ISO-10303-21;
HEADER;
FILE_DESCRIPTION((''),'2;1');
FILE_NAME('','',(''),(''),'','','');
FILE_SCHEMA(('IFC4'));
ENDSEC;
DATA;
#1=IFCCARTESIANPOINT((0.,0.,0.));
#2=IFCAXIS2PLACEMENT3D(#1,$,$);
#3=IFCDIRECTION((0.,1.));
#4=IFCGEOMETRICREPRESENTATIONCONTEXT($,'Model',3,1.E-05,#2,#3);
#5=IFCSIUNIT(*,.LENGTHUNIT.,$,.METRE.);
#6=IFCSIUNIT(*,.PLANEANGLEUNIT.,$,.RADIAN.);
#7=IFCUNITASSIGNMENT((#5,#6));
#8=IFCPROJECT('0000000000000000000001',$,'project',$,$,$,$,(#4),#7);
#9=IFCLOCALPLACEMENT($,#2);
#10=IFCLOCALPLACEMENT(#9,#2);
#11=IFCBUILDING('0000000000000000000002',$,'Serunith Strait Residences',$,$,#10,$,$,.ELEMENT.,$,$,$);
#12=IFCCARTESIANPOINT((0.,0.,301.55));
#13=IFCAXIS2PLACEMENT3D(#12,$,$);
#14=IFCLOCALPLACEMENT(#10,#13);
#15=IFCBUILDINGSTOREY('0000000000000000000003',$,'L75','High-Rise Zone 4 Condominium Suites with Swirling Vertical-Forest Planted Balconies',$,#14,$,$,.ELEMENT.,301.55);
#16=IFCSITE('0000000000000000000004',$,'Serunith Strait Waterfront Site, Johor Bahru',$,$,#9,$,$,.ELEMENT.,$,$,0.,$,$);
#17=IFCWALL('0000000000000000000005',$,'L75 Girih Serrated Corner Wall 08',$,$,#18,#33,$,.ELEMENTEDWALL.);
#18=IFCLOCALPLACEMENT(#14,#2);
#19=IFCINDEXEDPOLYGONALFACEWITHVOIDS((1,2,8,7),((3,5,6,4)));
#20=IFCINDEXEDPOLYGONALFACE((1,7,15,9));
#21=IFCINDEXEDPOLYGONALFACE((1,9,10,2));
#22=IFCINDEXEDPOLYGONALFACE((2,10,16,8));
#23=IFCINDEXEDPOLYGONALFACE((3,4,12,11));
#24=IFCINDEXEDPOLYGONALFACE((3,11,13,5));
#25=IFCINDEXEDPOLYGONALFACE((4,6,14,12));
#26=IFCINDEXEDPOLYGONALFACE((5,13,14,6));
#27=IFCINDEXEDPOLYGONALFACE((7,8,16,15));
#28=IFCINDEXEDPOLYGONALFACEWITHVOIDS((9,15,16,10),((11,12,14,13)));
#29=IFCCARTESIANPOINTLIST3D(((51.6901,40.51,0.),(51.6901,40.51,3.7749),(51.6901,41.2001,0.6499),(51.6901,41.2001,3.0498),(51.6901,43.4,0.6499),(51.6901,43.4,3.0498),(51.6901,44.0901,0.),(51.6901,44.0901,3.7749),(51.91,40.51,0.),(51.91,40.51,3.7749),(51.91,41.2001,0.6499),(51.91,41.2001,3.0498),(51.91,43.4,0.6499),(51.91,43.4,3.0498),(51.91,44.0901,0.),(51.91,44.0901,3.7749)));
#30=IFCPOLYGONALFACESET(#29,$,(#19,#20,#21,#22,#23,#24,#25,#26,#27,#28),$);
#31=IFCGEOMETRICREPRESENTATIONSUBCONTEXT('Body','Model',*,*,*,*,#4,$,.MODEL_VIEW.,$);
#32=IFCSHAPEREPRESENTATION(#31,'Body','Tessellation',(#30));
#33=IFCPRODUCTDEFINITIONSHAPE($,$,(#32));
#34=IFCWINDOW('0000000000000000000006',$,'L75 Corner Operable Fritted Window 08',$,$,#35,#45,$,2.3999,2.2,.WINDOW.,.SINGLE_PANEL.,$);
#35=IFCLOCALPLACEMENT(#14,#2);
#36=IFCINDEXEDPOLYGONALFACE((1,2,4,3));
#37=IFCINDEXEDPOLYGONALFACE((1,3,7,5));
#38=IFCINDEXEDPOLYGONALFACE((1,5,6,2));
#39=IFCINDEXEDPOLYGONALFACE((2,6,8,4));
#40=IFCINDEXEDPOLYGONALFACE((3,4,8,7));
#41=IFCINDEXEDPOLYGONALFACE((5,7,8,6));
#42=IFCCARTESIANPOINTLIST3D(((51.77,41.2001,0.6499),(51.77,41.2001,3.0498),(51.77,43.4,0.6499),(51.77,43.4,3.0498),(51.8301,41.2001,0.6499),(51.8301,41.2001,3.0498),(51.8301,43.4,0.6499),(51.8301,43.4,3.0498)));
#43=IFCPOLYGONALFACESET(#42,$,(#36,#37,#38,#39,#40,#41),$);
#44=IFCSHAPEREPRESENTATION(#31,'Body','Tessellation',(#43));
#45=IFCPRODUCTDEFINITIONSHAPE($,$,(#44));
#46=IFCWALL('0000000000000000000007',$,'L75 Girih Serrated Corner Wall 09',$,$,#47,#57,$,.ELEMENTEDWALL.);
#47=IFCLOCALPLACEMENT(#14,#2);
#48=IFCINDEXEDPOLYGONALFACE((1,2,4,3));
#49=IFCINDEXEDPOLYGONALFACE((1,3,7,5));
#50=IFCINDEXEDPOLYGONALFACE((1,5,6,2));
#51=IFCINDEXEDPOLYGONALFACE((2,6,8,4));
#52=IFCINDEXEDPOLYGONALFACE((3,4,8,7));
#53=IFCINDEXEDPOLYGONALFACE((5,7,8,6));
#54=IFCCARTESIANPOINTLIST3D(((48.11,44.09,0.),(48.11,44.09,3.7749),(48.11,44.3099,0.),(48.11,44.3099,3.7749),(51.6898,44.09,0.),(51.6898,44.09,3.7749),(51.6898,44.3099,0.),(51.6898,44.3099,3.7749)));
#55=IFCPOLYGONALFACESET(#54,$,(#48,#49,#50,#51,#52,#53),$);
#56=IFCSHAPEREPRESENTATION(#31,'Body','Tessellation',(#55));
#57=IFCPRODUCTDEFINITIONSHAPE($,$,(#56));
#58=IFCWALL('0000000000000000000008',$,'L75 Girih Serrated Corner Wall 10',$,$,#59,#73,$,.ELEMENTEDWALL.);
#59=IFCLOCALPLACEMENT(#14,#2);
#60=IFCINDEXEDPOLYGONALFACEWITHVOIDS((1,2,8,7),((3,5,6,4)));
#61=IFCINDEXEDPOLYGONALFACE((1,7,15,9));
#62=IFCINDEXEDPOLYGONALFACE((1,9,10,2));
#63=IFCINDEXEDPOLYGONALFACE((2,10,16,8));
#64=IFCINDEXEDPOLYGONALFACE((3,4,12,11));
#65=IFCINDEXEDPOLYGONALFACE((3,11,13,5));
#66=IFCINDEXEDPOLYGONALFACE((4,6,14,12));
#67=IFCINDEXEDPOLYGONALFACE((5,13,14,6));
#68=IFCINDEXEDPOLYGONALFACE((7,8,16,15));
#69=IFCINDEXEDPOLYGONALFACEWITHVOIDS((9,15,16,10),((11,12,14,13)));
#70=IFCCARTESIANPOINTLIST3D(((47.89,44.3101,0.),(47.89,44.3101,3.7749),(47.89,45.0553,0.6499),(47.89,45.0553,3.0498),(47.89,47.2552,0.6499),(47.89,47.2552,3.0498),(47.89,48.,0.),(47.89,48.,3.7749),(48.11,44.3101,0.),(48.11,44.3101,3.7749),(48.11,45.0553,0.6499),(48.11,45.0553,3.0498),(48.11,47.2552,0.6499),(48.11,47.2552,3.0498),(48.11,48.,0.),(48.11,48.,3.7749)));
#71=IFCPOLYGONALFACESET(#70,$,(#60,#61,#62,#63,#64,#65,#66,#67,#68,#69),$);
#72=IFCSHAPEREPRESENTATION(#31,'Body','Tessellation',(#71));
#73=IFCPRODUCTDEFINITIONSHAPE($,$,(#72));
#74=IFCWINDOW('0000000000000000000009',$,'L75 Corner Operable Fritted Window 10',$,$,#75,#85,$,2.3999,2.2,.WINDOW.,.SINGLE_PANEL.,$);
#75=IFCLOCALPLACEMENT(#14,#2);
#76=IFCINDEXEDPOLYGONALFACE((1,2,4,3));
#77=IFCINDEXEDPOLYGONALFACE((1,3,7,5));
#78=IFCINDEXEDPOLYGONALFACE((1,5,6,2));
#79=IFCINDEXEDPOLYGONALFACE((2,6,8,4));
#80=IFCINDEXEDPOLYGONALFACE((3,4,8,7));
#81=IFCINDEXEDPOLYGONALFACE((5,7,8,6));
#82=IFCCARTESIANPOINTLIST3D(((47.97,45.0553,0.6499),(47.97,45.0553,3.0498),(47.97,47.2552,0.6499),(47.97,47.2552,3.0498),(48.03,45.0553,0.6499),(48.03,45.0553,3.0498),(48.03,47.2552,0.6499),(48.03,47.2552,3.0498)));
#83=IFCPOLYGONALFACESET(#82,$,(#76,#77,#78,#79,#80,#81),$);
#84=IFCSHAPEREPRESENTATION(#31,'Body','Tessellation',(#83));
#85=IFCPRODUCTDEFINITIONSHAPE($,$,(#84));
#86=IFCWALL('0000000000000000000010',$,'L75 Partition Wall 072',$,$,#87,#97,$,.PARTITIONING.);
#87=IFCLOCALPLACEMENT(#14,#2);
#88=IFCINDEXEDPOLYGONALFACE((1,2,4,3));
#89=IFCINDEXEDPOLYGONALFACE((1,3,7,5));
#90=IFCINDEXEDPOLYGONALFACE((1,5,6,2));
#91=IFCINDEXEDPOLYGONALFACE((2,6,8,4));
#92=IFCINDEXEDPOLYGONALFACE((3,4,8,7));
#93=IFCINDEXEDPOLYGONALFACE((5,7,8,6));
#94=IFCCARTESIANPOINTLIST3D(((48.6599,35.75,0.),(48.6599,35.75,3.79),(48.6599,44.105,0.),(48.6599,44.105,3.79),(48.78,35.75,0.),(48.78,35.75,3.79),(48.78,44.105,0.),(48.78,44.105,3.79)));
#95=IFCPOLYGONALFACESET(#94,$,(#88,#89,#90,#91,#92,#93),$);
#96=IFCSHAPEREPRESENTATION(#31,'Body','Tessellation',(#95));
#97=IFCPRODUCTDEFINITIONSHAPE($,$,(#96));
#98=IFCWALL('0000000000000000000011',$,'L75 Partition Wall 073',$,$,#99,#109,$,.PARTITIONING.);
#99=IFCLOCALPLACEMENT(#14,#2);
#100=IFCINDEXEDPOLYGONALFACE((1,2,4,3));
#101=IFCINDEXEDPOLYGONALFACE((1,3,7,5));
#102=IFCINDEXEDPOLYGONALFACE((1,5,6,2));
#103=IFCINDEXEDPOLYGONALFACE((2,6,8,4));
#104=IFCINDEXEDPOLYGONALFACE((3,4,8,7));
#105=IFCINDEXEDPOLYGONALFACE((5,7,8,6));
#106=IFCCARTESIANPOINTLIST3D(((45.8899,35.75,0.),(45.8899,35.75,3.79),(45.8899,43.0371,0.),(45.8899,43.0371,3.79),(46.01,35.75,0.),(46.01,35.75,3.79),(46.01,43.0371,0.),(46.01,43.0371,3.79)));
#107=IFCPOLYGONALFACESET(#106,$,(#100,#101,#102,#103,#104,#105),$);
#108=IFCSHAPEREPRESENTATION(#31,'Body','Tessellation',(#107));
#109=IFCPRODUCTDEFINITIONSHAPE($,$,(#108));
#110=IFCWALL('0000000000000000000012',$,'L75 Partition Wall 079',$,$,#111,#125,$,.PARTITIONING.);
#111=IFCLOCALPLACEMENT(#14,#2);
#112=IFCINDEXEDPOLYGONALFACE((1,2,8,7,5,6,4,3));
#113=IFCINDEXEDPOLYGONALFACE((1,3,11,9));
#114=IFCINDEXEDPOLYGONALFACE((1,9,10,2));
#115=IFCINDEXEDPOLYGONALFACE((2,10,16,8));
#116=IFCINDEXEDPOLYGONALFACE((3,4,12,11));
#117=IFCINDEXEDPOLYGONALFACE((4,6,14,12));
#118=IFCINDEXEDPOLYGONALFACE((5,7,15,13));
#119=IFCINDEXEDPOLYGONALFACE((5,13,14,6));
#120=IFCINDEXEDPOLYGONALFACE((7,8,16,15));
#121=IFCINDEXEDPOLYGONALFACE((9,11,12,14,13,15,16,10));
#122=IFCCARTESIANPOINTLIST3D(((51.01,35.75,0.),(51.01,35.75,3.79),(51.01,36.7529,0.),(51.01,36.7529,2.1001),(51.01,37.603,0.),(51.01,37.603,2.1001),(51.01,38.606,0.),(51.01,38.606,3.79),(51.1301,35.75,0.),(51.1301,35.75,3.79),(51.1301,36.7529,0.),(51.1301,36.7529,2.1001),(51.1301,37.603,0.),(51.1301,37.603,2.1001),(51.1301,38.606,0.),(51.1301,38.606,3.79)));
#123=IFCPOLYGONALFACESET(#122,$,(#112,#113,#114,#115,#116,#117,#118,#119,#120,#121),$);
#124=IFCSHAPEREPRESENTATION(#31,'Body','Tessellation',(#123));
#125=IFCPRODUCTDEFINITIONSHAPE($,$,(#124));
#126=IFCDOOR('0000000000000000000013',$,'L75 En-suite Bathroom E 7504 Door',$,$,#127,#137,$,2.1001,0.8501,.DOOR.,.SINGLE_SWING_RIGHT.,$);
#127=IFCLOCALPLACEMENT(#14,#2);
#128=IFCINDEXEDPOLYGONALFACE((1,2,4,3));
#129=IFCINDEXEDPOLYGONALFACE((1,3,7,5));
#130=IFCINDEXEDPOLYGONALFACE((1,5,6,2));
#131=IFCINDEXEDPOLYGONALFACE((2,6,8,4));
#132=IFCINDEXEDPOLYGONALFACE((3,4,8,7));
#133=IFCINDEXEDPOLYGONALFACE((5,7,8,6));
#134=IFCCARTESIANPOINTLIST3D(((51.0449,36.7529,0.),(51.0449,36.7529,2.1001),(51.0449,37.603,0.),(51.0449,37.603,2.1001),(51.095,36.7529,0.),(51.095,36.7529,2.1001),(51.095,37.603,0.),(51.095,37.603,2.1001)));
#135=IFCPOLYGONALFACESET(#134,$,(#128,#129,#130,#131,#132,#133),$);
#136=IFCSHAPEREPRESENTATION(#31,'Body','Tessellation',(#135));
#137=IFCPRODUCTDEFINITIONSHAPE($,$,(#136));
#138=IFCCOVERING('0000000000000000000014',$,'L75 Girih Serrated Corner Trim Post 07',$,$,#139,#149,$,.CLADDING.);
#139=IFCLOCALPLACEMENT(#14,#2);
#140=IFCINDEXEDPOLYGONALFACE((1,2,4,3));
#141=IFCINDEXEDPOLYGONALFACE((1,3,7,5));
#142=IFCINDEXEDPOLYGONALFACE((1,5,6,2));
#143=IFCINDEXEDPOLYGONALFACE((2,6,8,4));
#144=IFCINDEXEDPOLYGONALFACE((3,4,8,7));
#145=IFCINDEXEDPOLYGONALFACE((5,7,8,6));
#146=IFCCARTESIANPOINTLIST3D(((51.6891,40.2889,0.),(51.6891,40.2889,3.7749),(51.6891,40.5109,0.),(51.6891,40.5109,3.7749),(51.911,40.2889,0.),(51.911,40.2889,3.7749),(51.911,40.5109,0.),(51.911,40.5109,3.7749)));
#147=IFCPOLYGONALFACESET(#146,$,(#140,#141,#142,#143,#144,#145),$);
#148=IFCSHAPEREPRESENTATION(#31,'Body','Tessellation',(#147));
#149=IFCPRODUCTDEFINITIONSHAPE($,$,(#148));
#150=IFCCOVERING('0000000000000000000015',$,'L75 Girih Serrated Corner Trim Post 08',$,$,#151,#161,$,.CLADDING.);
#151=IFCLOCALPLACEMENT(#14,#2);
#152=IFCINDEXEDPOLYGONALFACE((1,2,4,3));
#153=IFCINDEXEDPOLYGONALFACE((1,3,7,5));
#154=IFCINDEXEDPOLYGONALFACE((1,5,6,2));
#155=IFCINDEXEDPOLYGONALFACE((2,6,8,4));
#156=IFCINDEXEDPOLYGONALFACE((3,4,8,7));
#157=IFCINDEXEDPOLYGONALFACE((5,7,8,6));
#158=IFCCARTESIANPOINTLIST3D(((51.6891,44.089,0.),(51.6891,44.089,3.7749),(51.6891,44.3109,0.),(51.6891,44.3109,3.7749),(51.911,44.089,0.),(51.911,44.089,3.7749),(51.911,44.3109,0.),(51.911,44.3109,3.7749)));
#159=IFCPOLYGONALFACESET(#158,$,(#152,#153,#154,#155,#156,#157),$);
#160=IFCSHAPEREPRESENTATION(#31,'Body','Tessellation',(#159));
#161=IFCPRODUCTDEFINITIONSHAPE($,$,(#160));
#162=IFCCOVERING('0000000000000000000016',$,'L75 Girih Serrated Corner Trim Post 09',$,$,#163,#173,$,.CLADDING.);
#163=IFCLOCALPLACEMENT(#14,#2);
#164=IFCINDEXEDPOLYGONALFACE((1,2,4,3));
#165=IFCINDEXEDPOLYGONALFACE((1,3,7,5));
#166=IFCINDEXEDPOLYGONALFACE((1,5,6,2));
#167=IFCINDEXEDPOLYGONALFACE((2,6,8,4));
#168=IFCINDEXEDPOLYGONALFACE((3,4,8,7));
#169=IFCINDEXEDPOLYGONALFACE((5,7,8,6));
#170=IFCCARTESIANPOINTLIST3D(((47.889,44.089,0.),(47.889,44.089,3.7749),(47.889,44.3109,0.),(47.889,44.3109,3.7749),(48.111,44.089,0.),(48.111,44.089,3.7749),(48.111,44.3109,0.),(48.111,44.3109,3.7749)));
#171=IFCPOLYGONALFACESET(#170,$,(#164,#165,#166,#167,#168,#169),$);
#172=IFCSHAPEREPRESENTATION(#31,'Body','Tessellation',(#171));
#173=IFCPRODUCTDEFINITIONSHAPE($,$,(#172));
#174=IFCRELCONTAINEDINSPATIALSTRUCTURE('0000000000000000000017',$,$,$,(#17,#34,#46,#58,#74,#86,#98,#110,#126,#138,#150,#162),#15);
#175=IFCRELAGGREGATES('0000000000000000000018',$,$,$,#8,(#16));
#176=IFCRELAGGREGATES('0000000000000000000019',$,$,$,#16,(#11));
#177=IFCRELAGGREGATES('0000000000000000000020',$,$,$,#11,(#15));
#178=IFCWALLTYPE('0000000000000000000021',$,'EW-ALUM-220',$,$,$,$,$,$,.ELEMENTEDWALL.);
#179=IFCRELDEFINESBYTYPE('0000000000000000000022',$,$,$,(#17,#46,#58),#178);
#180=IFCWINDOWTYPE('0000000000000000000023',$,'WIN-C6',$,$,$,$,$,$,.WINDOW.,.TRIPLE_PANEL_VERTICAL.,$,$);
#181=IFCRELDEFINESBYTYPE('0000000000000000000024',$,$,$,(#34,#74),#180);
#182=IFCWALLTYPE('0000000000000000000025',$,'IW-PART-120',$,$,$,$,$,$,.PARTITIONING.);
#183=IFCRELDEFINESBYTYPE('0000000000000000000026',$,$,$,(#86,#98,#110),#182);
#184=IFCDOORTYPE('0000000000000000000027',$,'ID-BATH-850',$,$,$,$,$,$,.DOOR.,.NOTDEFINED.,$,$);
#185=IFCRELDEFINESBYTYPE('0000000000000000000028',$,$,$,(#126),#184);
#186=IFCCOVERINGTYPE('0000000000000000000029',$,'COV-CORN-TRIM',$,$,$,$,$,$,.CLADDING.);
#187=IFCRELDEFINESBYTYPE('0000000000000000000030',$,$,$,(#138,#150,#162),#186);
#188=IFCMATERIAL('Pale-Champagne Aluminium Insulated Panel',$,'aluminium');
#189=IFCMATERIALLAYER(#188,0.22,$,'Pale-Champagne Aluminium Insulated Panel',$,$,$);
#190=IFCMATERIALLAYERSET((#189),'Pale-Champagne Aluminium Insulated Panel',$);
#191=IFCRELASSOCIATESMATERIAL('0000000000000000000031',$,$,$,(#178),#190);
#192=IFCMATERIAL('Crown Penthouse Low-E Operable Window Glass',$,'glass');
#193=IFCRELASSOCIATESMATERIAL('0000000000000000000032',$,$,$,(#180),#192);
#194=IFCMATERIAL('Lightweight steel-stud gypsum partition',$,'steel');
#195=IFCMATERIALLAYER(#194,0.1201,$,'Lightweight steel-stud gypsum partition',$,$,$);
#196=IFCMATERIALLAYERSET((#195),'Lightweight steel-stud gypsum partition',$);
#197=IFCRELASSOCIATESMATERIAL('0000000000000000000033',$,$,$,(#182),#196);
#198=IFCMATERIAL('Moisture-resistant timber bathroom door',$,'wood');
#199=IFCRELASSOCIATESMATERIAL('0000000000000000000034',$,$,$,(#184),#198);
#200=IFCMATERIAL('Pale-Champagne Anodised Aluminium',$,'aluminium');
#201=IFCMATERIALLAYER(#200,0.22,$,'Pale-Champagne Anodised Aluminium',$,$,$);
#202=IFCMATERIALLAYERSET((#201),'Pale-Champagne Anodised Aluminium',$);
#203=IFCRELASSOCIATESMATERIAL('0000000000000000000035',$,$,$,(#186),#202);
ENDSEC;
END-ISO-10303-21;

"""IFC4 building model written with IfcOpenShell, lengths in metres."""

from ifc_helpers import new_model, si_unit, direction, frame, frame_2d, origin, origin_2d, place, context, subcontext, project, spatial, rectangle, extrude, source, transform, mapped, material, layer, layer_set, type_object, element, fill, save


model = new_model("IFC4")

# Units and contexts
model_context = context("Model", 3, precision=1e-05, world=origin(), true_north=direction((0.0, 1.0)))
body_context = subcontext(model_context, "Body", "Model", "MODEL_VIEW")
ifc_project = project(units=[si_unit("LENGTHUNIT", "METRE"), si_unit("PLANEANGLEUNIT", "RADIAN")], contexts=[model_context])

# Site, building, storey
site_placement = place(None, origin())
site = spatial("IfcSite", under=ifc_project, at=site_placement, Name="Serunith Strait Waterfront Site, Johor Bahru", CompositionType="ELEMENT", RefElevation=0.0)
building_placement = place(site_placement, origin())
building = spatial("IfcBuilding", under=site, at=building_placement, Name="Serunith Strait Residences", CompositionType="ELEMENT")
storey_placement = place(building_placement, frame((0.0, 0.0, 301.55)))
storey = spatial("IfcBuildingStorey", under=building, at=storey_placement, Name="L75", Description="High-Rise Zone 4 Condominium Suites with Swirling Vertical-Forest Planted Balconies", CompositionType="ELEMENT", Elevation=301.55)

# Wall, opening, window
ifc_material_1 = material(Name="Pale-Champagne Aluminium Insulated Panel", Category="aluminium")
ifc_layer_1 = layer(ifc_material_1, 0.22, Name="Pale-Champagne Aluminium Insulated Panel")
ifc_layer_set_1 = layer_set([ifc_layer_1], Name="Pale-Champagne Aluminium Insulated Panel")
wall_type_1 = type_object("IfcWallType", Name="EW-ALUM-220", PredefinedType="ELEMENTEDWALL", material=ifc_layer_set_1)
ifc_material_2 = material(Name="Crown Penthouse Low-E Operable Window Glass", Category="glass")
window_type = type_object("IfcWindowType", Name="WIN-C6", PartitioningType="TRIPLE_PANEL_VERTICAL", PredefinedType="WINDOW", material=ifc_material_2)
shared_shape_1 = source(origin(), body_context, "Body", "SweptSolid", [
    extrude(rectangle(XDim=2.2, YDim=2.3999, at=frame_2d((1.1001, 1.2))), frame((0.0, 0.03, 0.0), z_axis=(0.0, -1.0, 0.0), x_axis=(1.0, 0.0, 0.0)), (0.0, 0.0, 1.0), 0.0601),
])
wall_1_placement = place(storey_placement, frame((51.8, 40.51, 0.0), z_axis=(0.0, 0.0, 1.0), x_axis=(0.0, 1.0, 0.0)))
wall_1 = element("IfcWall", 1, at=wall_1_placement, inside=storey, type_object=wall_type_1, Name="L75 Girih Serrated Corner Wall 08", PredefinedType="ELEMENTEDWALL", context=body_context, shape_type="SweptSolid", body=[
    extrude(rectangle(XDim=3.5801, YDim=0.22, at=frame_2d((1.79, 0.0))), origin(), (0.0, 0.0, 1.0), 3.7749),
])
opening_1_placement = place(wall_1_placement, frame((0.6899, 0.0, 0.6499)))
opening_1 = element("IfcOpeningElement", 2, at=opening_1_placement, cuts=wall_1, PredefinedType="OPENING", context=body_context, shape_type="SweptSolid", body=[
    extrude(rectangle(XDim=2.2, YDim=2.3999, at=frame_2d((1.1001, 1.2))), frame((0.0, 0.1201, 0.0), z_axis=(0.0, -1.0, 0.0), x_axis=(1.0, 0.0, 0.0)), (0.0, 0.0, 1.0), 0.24),
])
window_1_placement = place(opening_1_placement, origin())
window_1 = element("IfcWindow", 3, at=window_1_placement, inside=storey, type_object=window_type, Name="L75 Corner Operable Fritted Window 08", OverallHeight=2.3999, OverallWidth=2.2, PartitioningType="SINGLE_PANEL", PredefinedType="WINDOW", context=body_context, shape_type="MappedRepresentation", body=[
    mapped(shared_shape_1, transform((0.0, 0.0, 0.0), scale=1.0)),
])
fill(opening_1, window_1)

# Wall
wall_2_placement = place(storey_placement, frame((51.6899, 44.2, 0.0), z_axis=(0.0, 0.0, 1.0), x_axis=(-1.0, 0.0, 0.0)))
element("IfcWall", 4, at=wall_2_placement, inside=storey, type_object=wall_type_1, Name="L75 Girih Serrated Corner Wall 09", PredefinedType="ELEMENTEDWALL", context=body_context, shape_type="SweptSolid", body=[
    extrude(rectangle(XDim=3.5798, YDim=0.22, at=frame_2d((1.79, 0.0))), origin(), (0.0, 0.0, 1.0), 3.7749),
])

# Wall, opening, window
wall_3_placement = place(storey_placement, frame((48.0, 44.3101, 0.0), z_axis=(0.0, 0.0, 1.0), x_axis=(0.0, 1.0, 0.0)))
wall_3 = element("IfcWall", 5, at=wall_3_placement, inside=storey, type_object=wall_type_1, Name="L75 Girih Serrated Corner Wall 10", PredefinedType="ELEMENTEDWALL", context=body_context, shape_type="SweptSolid", body=[
    extrude(rectangle(XDim=3.6899, YDim=0.22, at=frame_2d((1.845, 0.0))), origin(), (0.0, 0.0, 1.0), 3.7749),
])
opening_2_placement = place(wall_3_placement, frame((0.7451, 0.0, 0.6499)))
opening_2 = element("IfcOpeningElement", 6, at=opening_2_placement, cuts=wall_3, PredefinedType="OPENING", context=body_context, shape_type="SweptSolid", body=[
    extrude(rectangle(XDim=2.2, YDim=2.3999, at=frame_2d((1.1001, 1.2))), frame((0.0, 0.1201, 0.0), z_axis=(0.0, -1.0, 0.0), x_axis=(1.0, 0.0, 0.0)), (0.0, 0.0, 1.0), 0.24),
])
window_2_placement = place(opening_2_placement, origin())
window_2 = element("IfcWindow", 7, at=window_2_placement, inside=storey, type_object=window_type, Name="L75 Corner Operable Fritted Window 10", OverallHeight=2.3999, OverallWidth=2.2, PartitioningType="SINGLE_PANEL", PredefinedType="WINDOW", context=body_context, shape_type="MappedRepresentation", body=[
    mapped(shared_shape_1, transform((0.0, 0.0, 0.0), scale=1.0)),
])
fill(opening_2, window_2)

# Walls
ifc_material_3 = material(Name="Lightweight steel-stud gypsum partition", Category="steel")
ifc_layer_2 = layer(ifc_material_3, 0.1201, Name="Lightweight steel-stud gypsum partition")
ifc_layer_set_2 = layer_set([ifc_layer_2], Name="Lightweight steel-stud gypsum partition")
wall_type_2 = type_object("IfcWallType", Name="IW-PART-120", PredefinedType="PARTITIONING", material=ifc_layer_set_2)
wall_4_placement = place(storey_placement, frame((48.72, 44.105, 0.0), z_axis=(0.0, 0.0, 1.0), x_axis=(0.0, -1.0, 0.0)))
element("IfcWall", 8, at=wall_4_placement, inside=storey, type_object=wall_type_2, Name="L75 Partition Wall 072", PredefinedType="PARTITIONING", context=body_context, shape_type="SweptSolid", body=[
    extrude(rectangle(XDim=8.355, YDim=0.1201, at=frame_2d((4.1775, 0.0))), origin(), (0.0, 0.0, 1.0), 3.79),
])
wall_5_placement = place(storey_placement, frame((45.95, 43.0371, 0.0), z_axis=(0.0, 0.0, 1.0), x_axis=(0.0, -1.0, 0.0)))
element("IfcWall", 9, at=wall_5_placement, inside=storey, type_object=wall_type_2, Name="L75 Partition Wall 073", PredefinedType="PARTITIONING", context=body_context, shape_type="SweptSolid", body=[
    extrude(rectangle(XDim=7.2871, YDim=0.1201, at=frame_2d((3.6436, 0.0))), origin(), (0.0, 0.0, 1.0), 3.79),
])

# Wall, opening, door
wall_6_placement = place(storey_placement, frame((51.0701, 38.606, 0.0), z_axis=(0.0, 0.0, 1.0), x_axis=(0.0, -1.0, 0.0)))
wall_6 = element("IfcWall", 10, at=wall_6_placement, inside=storey, type_object=wall_type_2, Name="L75 Partition Wall 079", PredefinedType="PARTITIONING", context=body_context, shape_type="SweptSolid", body=[
    extrude(rectangle(XDim=2.856, YDim=0.1201, at=frame_2d((1.428, 0.0))), origin(), (0.0, 0.0, 1.0), 3.79),
])
opening_3_placement = place(wall_6_placement, frame((1.0029, 0.0, 0.0)))
opening_3 = element("IfcOpeningElement", 11, at=opening_3_placement, cuts=wall_6, PredefinedType="OPENING", context=body_context, shape_type="SweptSolid", body=[
    extrude(rectangle(XDim=0.8501, YDim=2.1001, at=frame_2d((0.425, 1.05))), frame((0.0, 0.0701, 0.0), z_axis=(0.0, -1.0, 0.0), x_axis=(1.0, 0.0, 0.0)), (0.0, 0.0, 1.0), 0.1401),
])
ifc_material_4 = material(Name="Moisture-resistant timber bathroom door", Category="wood")
door_type = type_object("IfcDoorType", Name="ID-BATH-850", OperationType="NOTDEFINED", PredefinedType="DOOR", material=ifc_material_4)
shared_shape_2 = source(origin(), body_context, "Body", "SweptSolid", [
    extrude(rectangle(XDim=0.8501, YDim=2.1001, at=frame_2d((0.425, 1.05))), frame((0.0, 0.0249, 0.0), z_axis=(0.0, -1.0, 0.0), x_axis=(1.0, 0.0, 0.0)), (0.0, 0.0, 1.0), 0.05),
])
door_placement = place(opening_3_placement, origin())
door = element("IfcDoor", 12, at=door_placement, inside=storey, type_object=door_type, Name="L75 En-suite Bathroom E 7504 Door", OperationType="SINGLE_SWING_RIGHT", OverallHeight=2.1001, OverallWidth=0.8501, PredefinedType="DOOR", context=body_context, shape_type="MappedRepresentation", body=[
    mapped(shared_shape_2, transform((0.0, 0.0, 0.0), scale=1.0)),
])
fill(opening_3, door)

# Coverings
ifc_material_5 = material(Name="Pale-Champagne Anodised Aluminium", Category="aluminium")
ifc_layer_3 = layer(ifc_material_5, 0.22, Name="Pale-Champagne Anodised Aluminium")
ifc_layer_set_3 = layer_set([ifc_layer_3], Name="Pale-Champagne Anodised Aluminium")
covering_type = type_object("IfcCoveringType", Name="COV-CORN-TRIM", PredefinedType="CLADDING", material=ifc_layer_set_3)
shared_shape_3 = source(origin(), body_context, "Body", "SweptSolid", [
    extrude(rectangle(XDim=0.2219, YDim=0.2219, at=origin_2d()), origin(), (0.0, 0.0, 1.0), 3.7749),
])
for number, where, z_axis, x_axis, name in (
    (13, (51.8, 40.3999, 0.0), (0.0, 0.0, 1.0), (1.0, 0.0, 0.0), "L75 Girih Serrated Corner Trim Post 07"),
    (14, (51.8, 44.2, 0.0), (0.0, 0.0, 1.0), (1.0, 0.0, 0.0), "L75 Girih Serrated Corner Trim Post 08"),
    (15, (48.0, 44.2, 0.0), (0.0, 0.0, 1.0), (1.0, 0.0, 0.0), "L75 Girih Serrated Corner Trim Post 09"),
):
    element("IfcCovering", number, at=place(storey_placement, frame(where, z_axis=z_axis, x_axis=x_axis)), inside=storey, type_object=covering_type, Name=name, PredefinedType="CLADDING", context=body_context, shape_type="MappedRepresentation", body=[
        mapped(shared_shape_3, transform((0.0, 0.0, 0.0), scale=1.0)),
    ])

save(model, "model.ifc")
